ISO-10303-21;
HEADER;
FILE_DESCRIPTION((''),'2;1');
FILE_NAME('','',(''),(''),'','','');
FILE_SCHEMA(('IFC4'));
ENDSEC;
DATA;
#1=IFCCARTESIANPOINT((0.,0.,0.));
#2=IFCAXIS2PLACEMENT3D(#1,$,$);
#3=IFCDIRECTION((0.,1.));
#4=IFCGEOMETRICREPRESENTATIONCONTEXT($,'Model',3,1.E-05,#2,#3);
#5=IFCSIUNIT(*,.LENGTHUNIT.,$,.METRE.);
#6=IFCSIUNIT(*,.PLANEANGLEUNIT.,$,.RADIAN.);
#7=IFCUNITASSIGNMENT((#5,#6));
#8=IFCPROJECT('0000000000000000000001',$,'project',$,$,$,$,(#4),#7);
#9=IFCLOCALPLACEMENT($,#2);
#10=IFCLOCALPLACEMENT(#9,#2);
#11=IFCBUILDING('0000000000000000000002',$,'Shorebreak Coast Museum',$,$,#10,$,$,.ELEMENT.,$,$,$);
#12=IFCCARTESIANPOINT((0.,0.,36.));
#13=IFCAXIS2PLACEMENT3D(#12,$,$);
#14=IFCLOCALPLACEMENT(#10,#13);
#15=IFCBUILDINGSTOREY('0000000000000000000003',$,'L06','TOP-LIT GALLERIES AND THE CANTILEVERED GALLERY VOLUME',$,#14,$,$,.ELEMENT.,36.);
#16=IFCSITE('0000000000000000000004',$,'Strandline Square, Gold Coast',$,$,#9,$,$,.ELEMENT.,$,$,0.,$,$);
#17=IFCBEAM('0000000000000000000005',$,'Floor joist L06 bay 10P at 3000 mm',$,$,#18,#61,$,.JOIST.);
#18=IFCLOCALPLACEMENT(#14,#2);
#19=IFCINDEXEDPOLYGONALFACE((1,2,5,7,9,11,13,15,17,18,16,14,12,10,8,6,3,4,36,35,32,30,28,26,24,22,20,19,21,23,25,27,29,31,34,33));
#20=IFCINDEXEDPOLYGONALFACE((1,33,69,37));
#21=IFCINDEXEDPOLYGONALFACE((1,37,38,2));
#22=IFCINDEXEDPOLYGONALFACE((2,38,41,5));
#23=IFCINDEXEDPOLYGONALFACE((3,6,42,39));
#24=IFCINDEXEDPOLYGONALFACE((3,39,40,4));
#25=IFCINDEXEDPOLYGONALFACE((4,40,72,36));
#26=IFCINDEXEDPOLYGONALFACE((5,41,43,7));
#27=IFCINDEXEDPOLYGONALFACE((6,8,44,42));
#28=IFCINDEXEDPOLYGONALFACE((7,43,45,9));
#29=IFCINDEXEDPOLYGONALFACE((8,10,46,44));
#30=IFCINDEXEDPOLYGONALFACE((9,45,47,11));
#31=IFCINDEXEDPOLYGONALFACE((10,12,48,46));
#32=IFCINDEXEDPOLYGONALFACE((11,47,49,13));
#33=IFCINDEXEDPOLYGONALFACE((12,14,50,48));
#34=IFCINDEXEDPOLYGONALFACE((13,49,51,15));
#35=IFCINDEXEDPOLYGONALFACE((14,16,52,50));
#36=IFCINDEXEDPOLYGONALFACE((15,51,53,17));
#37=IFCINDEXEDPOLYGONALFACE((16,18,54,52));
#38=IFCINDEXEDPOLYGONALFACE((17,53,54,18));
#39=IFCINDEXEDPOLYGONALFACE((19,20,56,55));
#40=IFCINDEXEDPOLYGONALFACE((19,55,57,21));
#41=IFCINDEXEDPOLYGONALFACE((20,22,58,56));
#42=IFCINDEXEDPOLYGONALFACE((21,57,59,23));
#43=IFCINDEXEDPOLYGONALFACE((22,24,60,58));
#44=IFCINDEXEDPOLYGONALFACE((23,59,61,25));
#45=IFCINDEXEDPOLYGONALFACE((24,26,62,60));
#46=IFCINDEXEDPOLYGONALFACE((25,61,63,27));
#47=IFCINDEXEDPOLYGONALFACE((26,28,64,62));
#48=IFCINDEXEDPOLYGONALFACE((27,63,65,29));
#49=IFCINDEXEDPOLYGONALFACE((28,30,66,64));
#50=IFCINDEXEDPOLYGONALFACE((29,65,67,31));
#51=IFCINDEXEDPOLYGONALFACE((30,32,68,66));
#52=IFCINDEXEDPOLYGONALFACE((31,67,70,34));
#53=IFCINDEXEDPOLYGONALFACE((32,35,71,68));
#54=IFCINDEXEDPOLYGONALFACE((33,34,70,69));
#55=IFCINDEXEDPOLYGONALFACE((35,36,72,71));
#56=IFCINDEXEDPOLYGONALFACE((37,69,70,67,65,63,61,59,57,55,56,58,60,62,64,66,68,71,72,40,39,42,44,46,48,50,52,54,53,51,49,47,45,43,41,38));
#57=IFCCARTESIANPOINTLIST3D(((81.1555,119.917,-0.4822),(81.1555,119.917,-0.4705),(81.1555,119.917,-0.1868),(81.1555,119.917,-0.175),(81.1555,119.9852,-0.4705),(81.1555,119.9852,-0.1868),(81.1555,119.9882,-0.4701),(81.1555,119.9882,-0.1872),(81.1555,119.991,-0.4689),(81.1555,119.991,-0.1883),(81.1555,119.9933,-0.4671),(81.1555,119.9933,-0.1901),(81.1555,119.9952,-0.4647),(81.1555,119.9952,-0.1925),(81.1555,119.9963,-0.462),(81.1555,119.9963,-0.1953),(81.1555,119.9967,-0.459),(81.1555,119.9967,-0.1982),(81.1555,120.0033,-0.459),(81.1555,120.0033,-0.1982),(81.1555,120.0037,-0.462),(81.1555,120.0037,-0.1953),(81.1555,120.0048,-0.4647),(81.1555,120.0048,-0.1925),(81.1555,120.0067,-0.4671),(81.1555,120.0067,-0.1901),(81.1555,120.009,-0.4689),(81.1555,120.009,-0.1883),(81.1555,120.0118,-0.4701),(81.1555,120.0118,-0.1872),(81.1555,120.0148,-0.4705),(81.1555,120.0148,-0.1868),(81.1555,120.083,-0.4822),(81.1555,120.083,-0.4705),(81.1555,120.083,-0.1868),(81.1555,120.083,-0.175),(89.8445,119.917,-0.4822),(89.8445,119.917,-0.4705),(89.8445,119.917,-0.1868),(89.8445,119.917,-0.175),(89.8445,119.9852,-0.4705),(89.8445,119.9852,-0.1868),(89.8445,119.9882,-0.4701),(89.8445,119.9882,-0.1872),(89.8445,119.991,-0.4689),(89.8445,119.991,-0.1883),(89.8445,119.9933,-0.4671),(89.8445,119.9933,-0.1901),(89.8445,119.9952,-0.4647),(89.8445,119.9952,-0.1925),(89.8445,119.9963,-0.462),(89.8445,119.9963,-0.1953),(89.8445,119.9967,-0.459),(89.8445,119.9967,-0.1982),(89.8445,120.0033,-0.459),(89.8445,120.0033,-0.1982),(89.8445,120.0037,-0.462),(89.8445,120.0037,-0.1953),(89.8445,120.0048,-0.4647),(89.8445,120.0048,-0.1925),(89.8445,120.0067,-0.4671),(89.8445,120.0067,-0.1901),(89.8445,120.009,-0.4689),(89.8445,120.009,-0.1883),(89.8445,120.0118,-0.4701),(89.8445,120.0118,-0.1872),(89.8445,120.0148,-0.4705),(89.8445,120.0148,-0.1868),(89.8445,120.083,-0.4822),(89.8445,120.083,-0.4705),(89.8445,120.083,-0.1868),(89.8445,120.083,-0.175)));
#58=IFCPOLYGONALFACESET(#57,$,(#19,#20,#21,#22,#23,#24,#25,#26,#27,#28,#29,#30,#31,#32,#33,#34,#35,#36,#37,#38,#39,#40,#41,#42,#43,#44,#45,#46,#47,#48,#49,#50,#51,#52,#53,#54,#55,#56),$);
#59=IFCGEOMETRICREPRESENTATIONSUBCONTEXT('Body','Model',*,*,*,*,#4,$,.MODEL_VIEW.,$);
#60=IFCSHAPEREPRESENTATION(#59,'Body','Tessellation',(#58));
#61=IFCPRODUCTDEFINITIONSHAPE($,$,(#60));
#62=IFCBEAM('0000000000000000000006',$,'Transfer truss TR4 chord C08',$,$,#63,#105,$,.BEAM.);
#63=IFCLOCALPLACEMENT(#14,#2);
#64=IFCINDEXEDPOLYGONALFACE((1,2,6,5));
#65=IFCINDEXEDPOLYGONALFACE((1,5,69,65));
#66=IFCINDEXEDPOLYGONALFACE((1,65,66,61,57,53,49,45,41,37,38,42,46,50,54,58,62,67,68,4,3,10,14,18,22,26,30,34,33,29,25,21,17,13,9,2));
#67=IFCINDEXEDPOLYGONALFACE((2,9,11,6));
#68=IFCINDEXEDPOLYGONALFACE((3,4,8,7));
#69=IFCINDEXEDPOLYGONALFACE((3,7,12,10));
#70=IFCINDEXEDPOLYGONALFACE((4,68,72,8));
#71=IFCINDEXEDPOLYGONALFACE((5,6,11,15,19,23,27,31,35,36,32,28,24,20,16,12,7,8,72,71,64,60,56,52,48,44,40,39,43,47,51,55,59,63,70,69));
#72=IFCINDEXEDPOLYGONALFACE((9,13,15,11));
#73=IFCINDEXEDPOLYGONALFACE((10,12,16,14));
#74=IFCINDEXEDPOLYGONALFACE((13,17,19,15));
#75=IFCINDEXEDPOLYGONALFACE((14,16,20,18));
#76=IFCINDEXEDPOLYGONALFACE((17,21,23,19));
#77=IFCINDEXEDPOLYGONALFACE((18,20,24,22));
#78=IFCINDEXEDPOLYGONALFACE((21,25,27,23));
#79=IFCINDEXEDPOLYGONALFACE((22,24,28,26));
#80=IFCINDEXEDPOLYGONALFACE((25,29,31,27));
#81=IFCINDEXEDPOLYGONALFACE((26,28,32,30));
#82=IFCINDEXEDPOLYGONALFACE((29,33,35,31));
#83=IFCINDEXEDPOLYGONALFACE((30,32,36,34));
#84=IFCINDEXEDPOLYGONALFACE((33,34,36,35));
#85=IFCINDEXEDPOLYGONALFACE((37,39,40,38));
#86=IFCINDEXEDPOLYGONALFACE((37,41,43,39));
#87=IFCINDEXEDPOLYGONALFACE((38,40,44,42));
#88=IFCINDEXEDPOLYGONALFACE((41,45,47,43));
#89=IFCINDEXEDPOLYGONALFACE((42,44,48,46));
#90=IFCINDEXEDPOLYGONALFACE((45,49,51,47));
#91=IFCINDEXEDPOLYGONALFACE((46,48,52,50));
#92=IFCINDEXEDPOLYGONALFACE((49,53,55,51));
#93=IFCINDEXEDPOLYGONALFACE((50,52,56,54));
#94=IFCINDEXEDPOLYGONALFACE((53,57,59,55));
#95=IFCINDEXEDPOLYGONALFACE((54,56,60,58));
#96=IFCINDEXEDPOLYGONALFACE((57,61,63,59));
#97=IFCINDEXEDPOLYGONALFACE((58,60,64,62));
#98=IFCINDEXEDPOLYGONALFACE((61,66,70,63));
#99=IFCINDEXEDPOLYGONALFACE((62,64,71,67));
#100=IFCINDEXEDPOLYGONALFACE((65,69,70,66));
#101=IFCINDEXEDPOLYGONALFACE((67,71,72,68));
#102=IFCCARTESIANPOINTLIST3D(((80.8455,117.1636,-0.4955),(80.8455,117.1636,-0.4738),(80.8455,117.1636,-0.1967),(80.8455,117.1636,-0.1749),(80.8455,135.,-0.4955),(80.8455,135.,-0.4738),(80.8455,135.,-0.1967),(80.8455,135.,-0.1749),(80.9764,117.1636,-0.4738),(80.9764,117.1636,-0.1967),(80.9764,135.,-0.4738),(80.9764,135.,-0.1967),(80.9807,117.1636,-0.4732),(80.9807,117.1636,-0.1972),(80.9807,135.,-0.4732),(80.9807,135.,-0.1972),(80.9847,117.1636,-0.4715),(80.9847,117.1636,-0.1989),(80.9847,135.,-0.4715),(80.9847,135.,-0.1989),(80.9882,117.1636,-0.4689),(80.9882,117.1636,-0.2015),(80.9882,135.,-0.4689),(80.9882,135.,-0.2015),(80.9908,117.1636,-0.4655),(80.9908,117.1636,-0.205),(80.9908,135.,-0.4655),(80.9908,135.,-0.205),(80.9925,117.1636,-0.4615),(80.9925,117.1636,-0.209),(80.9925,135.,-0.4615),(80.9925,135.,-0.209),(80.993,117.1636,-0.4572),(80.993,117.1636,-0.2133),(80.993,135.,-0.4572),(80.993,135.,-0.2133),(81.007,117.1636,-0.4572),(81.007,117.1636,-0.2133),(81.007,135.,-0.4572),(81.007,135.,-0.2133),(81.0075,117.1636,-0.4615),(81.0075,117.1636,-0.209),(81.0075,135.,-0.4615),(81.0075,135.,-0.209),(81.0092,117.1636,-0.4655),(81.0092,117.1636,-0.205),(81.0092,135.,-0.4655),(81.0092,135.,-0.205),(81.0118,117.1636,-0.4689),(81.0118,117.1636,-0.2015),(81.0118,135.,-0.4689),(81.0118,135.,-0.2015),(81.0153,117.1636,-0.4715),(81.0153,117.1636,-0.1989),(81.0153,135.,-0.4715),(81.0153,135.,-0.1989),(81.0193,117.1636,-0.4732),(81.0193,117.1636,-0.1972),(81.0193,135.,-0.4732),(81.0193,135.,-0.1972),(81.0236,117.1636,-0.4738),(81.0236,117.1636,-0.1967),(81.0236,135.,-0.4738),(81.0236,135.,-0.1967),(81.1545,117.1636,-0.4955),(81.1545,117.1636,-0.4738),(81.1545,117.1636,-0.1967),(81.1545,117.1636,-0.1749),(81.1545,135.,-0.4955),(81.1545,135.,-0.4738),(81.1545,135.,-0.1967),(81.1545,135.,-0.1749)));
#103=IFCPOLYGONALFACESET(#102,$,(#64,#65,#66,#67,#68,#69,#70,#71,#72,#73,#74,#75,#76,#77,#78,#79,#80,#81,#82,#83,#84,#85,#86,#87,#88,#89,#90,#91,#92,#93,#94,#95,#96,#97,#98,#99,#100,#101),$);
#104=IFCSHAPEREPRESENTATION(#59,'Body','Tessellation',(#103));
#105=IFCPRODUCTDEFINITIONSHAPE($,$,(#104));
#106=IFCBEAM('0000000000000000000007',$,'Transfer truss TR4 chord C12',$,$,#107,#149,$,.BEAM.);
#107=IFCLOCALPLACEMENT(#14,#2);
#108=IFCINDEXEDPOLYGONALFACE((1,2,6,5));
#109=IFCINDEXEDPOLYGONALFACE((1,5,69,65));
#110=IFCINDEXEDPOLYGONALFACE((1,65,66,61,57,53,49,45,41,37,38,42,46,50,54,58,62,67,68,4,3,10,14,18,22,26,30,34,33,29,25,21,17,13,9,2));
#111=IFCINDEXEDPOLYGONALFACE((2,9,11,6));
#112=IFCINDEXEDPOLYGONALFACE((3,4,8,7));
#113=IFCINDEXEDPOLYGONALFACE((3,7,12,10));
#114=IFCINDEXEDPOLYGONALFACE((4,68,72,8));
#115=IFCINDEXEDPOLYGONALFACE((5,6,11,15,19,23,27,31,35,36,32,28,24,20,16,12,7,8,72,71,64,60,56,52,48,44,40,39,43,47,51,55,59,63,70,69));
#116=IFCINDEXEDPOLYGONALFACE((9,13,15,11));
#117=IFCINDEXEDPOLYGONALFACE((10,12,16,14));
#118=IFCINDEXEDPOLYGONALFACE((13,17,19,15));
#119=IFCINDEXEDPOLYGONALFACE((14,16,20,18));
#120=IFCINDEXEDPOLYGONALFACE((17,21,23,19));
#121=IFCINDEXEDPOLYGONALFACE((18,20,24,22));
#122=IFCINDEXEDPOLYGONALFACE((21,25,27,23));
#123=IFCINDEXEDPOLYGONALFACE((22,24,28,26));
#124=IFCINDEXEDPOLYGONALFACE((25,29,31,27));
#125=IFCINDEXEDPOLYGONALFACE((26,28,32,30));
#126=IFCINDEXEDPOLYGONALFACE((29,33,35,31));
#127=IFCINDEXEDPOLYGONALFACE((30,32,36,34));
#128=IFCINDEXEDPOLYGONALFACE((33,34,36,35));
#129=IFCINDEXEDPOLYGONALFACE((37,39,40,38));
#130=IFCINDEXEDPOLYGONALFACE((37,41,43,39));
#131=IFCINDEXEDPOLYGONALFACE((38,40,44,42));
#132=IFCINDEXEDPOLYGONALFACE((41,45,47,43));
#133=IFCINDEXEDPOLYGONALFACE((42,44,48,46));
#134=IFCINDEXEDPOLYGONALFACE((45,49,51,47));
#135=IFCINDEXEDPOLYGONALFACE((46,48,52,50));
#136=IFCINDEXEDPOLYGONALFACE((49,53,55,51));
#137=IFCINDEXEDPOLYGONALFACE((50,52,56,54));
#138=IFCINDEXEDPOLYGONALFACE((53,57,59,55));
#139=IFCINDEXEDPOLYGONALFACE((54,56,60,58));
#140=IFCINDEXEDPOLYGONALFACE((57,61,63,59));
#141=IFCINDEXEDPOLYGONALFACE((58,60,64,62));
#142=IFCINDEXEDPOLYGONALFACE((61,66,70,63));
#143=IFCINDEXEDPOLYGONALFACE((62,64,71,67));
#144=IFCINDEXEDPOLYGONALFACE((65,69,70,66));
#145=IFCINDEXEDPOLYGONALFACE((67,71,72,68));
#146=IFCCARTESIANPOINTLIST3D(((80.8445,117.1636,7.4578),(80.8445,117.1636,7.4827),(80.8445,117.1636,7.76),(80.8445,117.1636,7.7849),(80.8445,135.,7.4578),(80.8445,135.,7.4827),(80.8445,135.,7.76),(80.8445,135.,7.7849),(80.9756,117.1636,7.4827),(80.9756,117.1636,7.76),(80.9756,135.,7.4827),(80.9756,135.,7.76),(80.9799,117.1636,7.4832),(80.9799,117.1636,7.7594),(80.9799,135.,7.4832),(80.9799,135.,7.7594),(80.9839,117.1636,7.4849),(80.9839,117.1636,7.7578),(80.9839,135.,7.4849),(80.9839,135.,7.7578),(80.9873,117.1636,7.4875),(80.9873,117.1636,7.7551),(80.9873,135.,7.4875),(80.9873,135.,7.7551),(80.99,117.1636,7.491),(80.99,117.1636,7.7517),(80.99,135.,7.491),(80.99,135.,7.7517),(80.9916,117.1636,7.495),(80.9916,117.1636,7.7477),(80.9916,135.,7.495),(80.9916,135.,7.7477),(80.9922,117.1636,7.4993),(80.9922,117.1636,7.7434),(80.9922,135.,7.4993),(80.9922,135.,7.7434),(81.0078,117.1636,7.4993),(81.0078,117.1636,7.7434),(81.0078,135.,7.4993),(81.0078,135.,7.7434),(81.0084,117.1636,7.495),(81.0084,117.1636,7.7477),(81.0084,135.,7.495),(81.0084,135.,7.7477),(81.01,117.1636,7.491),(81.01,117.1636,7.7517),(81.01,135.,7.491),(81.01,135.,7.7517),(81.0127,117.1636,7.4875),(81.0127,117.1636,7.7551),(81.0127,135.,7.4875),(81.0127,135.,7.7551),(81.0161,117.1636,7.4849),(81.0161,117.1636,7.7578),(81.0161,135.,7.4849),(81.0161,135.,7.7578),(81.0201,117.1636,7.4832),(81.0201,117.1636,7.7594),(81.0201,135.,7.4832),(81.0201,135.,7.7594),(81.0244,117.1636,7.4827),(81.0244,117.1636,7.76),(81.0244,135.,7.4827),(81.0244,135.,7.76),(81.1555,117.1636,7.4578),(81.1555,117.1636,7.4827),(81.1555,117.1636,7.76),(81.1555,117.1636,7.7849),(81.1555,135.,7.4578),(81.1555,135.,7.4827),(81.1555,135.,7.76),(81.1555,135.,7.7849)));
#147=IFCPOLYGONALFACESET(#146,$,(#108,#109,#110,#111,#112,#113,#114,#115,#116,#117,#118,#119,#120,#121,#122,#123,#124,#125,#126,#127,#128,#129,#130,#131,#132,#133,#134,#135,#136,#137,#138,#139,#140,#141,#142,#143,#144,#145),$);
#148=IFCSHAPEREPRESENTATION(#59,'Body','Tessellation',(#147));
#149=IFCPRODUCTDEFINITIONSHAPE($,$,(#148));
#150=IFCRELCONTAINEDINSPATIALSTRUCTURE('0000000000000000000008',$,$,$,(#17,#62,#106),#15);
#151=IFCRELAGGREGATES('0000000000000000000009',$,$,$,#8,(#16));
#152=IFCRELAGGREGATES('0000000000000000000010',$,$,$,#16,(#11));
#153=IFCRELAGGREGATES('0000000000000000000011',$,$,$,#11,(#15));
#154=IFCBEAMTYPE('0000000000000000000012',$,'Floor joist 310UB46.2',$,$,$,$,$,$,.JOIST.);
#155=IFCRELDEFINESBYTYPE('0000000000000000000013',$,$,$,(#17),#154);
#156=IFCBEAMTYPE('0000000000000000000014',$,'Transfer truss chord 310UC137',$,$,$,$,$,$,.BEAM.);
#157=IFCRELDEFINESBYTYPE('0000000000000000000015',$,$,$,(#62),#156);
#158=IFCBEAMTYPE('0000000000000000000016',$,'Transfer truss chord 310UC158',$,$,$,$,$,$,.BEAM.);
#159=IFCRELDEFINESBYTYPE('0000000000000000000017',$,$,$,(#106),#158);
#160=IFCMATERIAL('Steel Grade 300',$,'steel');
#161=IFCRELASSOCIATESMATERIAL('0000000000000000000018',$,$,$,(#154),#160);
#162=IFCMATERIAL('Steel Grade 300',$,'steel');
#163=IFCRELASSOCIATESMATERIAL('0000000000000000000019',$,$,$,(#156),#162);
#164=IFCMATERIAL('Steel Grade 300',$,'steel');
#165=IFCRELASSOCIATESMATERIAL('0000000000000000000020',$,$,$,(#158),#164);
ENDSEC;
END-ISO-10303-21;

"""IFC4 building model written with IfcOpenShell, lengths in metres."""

from ifc_helpers import new_model, si_unit, direction, frame, origin, origin_2d, place, context, subcontext, project, spatial, i_section, extrude, material, material_profile, profile_set, type_object, element, save


model = new_model("IFC4")

# Units and contexts
model_context = context("Model", 3, precision=1e-05, world=origin(), true_north=direction((0.0, 1.0)))
body_context = subcontext(model_context, "Body", "Model", "MODEL_VIEW")
ifc_project = project(units=[si_unit("LENGTHUNIT", "METRE"), si_unit("PLANEANGLEUNIT", "RADIAN")], contexts=[model_context])

# Site, building, storey
site_placement = place(None, origin())
site = spatial("IfcSite", under=ifc_project, at=site_placement, Name="Strandline Square, Gold Coast", CompositionType="ELEMENT", RefElevation=0.0)
building_placement = place(site_placement, origin())
building = spatial("IfcBuilding", under=site, at=building_placement, Name="Shorebreak Coast Museum", CompositionType="ELEMENT")
storey_placement = place(building_placement, frame((0.0, 0.0, 36.0)))
storey = spatial("IfcBuildingStorey", under=building, at=storey_placement, Name="L06", Description="TOP-LIT GALLERIES AND THE CANTILEVERED GALLERY VOLUME", CompositionType="ELEMENT", Elevation=36.0)

# Beams
ifc_material_1 = material(Name="Steel Grade 300", Category="steel")
ifc_material_profile_1 = material_profile(ifc_material_1, i_section(OverallWidth=0.166, OverallDepth=0.3071, WebThickness=0.0066, FlangeThickness=0.0117, FilletRadius=0.0115, at=origin_2d()), Name="310UB46.2")
ifc_profile_set_1 = profile_set([ifc_material_profile_1], Name="Steel Grade 300")
beam_type_1 = type_object("IfcBeamType", Name="Floor joist 310UB46.2", PredefinedType="JOIST", material=ifc_profile_set_1)
beam_1_placement = place(storey_placement, frame((81.1555, 120.0, -0.3286), z_axis=(1.0, 0.0, 0.0), x_axis=(0.0, 1.0, 0.0)))
element("IfcBeam", 1, at=beam_1_placement, inside=storey, type_object=beam_type_1, Name="Floor joist L06 bay 10P at 3000 mm", PredefinedType="JOIST", context=body_context, shape_type="SweptSolid", body=[
    extrude(i_section(OverallWidth=0.166, OverallDepth=0.3071, WebThickness=0.0066, FlangeThickness=0.0117, FilletRadius=0.0115, at=origin_2d()), origin(), (0.0, 0.0, 1.0), 8.689),
])
ifc_material_2 = material(Name="Steel Grade 300", Category="steel")
ifc_material_profile_2 = material_profile(ifc_material_2, i_section(OverallWidth=0.3091, OverallDepth=0.3206, WebThickness=0.0139, FlangeThickness=0.0217, FilletRadius=0.0166, at=origin_2d()), Name="310UC137")
ifc_profile_set_2 = profile_set([ifc_material_profile_2], Name="Steel Grade 300")
beam_type_2 = type_object("IfcBeamType", Name="Transfer truss chord 310UC137", PredefinedType="BEAM", material=ifc_profile_set_2)
beam_2_placement = place(storey_placement, frame((81.0, 117.1636, -0.3352), z_axis=(0.0, 1.0, 0.0), x_axis=(-1.0, 0.0, 0.0)))
element("IfcBeam", 2, at=beam_2_placement, inside=storey, type_object=beam_type_2, Name="Transfer truss TR4 chord C08", PredefinedType="BEAM", context=body_context, shape_type="SweptSolid", body=[
    extrude(i_section(OverallWidth=0.3091, OverallDepth=0.3206, WebThickness=0.0139, FlangeThickness=0.0217, FilletRadius=0.0166, at=origin_2d()), origin(), (0.0, 0.0, 1.0), 17.8364),
])
ifc_material_3 = material(Name="Steel Grade 300", Category="steel")
ifc_material_profile_3 = material_profile(ifc_material_3, i_section(OverallWidth=0.311, OverallDepth=0.3271, WebThickness=0.0156, FlangeThickness=0.0249, FilletRadius=0.0166, at=origin_2d()), Name="310UC158")
ifc_profile_set_3 = profile_set([ifc_material_profile_3], Name="Steel Grade 300")
beam_type_3 = type_object("IfcBeamType", Name="Transfer truss chord 310UC158", PredefinedType="BEAM", material=ifc_profile_set_3)
beam_3_placement = place(storey_placement, frame((81.0, 117.1636, 7.6213), z_axis=(0.0, 1.0, 0.0), x_axis=(-1.0, 0.0, 0.0)))
element("IfcBeam", 3, at=beam_3_placement, inside=storey, type_object=beam_type_3, Name="Transfer truss TR4 chord C12", PredefinedType="BEAM", context=body_context, shape_type="SweptSolid", body=[
    extrude(i_section(OverallWidth=0.311, OverallDepth=0.3271, WebThickness=0.0156, FlangeThickness=0.0249, FilletRadius=0.0166, at=origin_2d()), origin(), (0.0, 0.0, 1.0), 17.8364),
])

save(model, "model.ifc")
